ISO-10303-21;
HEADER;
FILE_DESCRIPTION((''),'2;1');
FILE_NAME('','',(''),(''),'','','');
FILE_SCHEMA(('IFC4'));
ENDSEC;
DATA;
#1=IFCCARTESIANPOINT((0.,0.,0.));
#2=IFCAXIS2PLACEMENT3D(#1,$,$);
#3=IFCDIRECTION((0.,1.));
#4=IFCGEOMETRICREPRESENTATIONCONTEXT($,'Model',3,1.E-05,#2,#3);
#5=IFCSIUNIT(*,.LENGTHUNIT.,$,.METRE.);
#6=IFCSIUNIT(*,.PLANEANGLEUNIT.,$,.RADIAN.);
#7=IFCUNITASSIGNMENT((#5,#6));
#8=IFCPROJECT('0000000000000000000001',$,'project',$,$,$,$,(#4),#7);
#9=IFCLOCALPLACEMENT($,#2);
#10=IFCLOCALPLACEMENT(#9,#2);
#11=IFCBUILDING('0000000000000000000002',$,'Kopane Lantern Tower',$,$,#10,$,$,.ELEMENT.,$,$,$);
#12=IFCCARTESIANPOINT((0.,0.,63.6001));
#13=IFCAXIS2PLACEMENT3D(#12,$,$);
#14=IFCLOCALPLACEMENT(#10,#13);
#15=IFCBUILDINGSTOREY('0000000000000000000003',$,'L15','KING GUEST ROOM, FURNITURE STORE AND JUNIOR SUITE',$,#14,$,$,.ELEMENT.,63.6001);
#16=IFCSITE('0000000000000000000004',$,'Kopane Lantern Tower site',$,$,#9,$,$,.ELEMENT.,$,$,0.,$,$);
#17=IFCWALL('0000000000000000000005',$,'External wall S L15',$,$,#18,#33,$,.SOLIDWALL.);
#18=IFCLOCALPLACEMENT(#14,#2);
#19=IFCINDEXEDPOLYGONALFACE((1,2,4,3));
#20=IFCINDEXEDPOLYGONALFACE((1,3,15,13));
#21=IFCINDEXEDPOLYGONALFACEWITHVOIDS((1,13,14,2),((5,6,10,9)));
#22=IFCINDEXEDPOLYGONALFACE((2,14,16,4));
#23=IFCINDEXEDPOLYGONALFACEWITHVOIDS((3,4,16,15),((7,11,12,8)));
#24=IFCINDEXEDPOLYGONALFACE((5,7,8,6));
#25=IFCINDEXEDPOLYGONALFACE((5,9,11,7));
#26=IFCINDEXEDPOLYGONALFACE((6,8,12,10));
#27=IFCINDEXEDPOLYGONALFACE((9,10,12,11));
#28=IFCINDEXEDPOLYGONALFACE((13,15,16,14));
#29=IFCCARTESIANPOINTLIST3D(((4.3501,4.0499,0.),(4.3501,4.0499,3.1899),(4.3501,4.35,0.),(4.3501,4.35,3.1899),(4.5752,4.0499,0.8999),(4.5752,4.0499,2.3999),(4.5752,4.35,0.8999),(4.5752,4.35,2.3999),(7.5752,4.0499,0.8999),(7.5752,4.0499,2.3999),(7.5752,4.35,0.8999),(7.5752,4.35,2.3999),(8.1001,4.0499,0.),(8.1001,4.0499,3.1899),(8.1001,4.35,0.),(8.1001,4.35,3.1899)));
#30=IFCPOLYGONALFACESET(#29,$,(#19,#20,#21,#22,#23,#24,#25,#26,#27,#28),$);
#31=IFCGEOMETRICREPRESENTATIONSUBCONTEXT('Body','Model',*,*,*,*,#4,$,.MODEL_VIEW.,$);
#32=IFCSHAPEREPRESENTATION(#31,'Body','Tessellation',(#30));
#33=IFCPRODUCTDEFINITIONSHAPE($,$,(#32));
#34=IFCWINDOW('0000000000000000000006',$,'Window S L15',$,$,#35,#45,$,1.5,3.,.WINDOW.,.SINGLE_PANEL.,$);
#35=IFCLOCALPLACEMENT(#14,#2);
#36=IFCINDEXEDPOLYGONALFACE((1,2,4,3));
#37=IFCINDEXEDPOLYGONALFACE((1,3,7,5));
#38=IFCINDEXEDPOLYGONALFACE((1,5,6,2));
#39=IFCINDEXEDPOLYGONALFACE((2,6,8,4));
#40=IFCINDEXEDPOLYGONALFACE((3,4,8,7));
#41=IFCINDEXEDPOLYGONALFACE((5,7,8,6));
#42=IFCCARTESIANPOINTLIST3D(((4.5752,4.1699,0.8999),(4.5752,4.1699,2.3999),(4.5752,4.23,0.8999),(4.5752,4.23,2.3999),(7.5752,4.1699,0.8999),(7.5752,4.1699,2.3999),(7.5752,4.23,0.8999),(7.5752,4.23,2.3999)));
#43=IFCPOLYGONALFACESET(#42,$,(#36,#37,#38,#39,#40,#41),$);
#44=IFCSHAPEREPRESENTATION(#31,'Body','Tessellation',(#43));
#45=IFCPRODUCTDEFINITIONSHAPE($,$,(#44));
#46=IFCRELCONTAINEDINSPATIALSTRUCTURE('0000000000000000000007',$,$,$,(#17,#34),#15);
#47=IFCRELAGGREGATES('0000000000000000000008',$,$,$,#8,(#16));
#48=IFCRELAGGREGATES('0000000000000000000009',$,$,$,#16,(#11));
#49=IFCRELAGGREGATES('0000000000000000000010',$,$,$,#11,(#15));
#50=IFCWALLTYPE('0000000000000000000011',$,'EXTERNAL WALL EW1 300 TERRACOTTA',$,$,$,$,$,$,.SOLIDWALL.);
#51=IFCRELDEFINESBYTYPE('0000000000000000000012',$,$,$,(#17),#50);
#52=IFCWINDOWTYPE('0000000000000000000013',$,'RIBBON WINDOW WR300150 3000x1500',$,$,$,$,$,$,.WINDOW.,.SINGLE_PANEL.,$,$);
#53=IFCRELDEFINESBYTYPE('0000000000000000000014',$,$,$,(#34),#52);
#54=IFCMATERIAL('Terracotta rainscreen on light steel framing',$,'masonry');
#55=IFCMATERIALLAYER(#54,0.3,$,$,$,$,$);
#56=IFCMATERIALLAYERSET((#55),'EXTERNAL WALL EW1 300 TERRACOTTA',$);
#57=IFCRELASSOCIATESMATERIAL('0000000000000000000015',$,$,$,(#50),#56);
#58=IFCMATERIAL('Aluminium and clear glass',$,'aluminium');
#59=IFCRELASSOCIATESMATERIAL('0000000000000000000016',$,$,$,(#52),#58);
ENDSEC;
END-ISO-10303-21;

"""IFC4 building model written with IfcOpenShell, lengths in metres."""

from ifc_helpers import new_model, si_unit, direction, frame, frame_2d, origin, place, context, subcontext, project, spatial, rectangle, extrude, material, layer, layer_set, type_object, element, fill, save


model = new_model("IFC4")

# Units and contexts
model_context = context("Model", 3, precision=1e-05, world=origin(), true_north=direction((0.0, 1.0)))
body_context = subcontext(model_context, "Body", "Model", "MODEL_VIEW")
ifc_project = project(units=[si_unit("LENGTHUNIT", "METRE"), si_unit("PLANEANGLEUNIT", "RADIAN")], contexts=[model_context])

# Site, building, storey
site_placement = place(None, origin())
site = spatial("IfcSite", under=ifc_project, at=site_placement, Name="Kopane Lantern Tower site", CompositionType="ELEMENT", RefElevation=0.0)
building_placement = place(site_placement, origin())
building = spatial("IfcBuilding", under=site, at=building_placement, Name="Kopane Lantern Tower", CompositionType="ELEMENT")
storey_placement = place(building_placement, frame((0.0, 0.0, 63.6001)))
storey = spatial("IfcBuildingStorey", under=building, at=storey_placement, Name="L15", Description="KING GUEST ROOM, FURNITURE STORE AND JUNIOR SUITE", CompositionType="ELEMENT", Elevation=63.6001)

# Wall, opening, window
ifc_material_1 = material(Name="Terracotta rainscreen on light steel framing", Category="masonry")
ifc_layer_1 = layer(ifc_material_1, 0.3)
ifc_layer_set_1 = layer_set([ifc_layer_1], Name="EXTERNAL WALL EW1 300 TERRACOTTA")
wall_type_1 = type_object("IfcWallType", Name="EXTERNAL WALL EW1 300 TERRACOTTA", PredefinedType="SOLIDWALL", material=ifc_layer_set_1)
ifc_material_2 = material(Name="Aluminium and clear glass", Category="aluminium")
window_type = type_object("IfcWindowType", Name="RIBBON WINDOW WR300150 3000x1500", PartitioningType="SINGLE_PANEL", PredefinedType="WINDOW", material=ifc_material_2)
wall_1_placement = place(storey_placement, frame((4.3501, 4.2, 0.0), z_axis=(0.0, 0.0, 1.0), x_axis=(1.0, 0.0, 0.0)))
wall_1 = element("IfcWall", 1, at=wall_1_placement, inside=storey, type_object=wall_type_1, Name="External wall S L15", PredefinedType="SOLIDWALL", context=body_context, shape_type="SweptSolid", body=[
    extrude(rectangle(XDim=3.75, YDim=0.3, at=frame_2d((1.875, 0.0))), origin(), (0.0, 0.0, 1.0), 3.1899),
])
opening_1_placement = place(wall_1_placement, frame((0.2251, 0.0, 0.8999)))
opening_1 = element("IfcOpeningElement", 2, at=opening_1_placement, cuts=wall_1, PredefinedType="OPENING", context=body_context, shape_type="SweptSolid", body=[
    extrude(rectangle(XDim=3.0, YDim=1.5, at=frame_2d((1.5, 0.75))), frame((0.0, 0.1599, 0.0), z_axis=(0.0, -1.0, 0.0), x_axis=(1.0, 0.0, 0.0)), (0.0, 0.0, 1.0), 0.3201),
])
window_1_placement = place(opening_1_placement, origin())
window_1 = element("IfcWindow", 3, at=window_1_placement, inside=storey, type_object=window_type, Name="Window S L15", OverallHeight=1.5, OverallWidth=3.0, PartitioningType="SINGLE_PANEL", PredefinedType="WINDOW", context=body_context, shape_type="SweptSolid", body=[
    extrude(rectangle(XDim=3.0, YDim=1.5, at=frame_2d((1.5, 0.75))), frame((0.0, 0.03, 0.0), z_axis=(0.0, -1.0, 0.0), x_axis=(1.0, 0.0, 0.0)), (0.0, 0.0, 1.0), 0.0601),
])
fill(opening_1, window_1)

save(model, "model.ifc")
